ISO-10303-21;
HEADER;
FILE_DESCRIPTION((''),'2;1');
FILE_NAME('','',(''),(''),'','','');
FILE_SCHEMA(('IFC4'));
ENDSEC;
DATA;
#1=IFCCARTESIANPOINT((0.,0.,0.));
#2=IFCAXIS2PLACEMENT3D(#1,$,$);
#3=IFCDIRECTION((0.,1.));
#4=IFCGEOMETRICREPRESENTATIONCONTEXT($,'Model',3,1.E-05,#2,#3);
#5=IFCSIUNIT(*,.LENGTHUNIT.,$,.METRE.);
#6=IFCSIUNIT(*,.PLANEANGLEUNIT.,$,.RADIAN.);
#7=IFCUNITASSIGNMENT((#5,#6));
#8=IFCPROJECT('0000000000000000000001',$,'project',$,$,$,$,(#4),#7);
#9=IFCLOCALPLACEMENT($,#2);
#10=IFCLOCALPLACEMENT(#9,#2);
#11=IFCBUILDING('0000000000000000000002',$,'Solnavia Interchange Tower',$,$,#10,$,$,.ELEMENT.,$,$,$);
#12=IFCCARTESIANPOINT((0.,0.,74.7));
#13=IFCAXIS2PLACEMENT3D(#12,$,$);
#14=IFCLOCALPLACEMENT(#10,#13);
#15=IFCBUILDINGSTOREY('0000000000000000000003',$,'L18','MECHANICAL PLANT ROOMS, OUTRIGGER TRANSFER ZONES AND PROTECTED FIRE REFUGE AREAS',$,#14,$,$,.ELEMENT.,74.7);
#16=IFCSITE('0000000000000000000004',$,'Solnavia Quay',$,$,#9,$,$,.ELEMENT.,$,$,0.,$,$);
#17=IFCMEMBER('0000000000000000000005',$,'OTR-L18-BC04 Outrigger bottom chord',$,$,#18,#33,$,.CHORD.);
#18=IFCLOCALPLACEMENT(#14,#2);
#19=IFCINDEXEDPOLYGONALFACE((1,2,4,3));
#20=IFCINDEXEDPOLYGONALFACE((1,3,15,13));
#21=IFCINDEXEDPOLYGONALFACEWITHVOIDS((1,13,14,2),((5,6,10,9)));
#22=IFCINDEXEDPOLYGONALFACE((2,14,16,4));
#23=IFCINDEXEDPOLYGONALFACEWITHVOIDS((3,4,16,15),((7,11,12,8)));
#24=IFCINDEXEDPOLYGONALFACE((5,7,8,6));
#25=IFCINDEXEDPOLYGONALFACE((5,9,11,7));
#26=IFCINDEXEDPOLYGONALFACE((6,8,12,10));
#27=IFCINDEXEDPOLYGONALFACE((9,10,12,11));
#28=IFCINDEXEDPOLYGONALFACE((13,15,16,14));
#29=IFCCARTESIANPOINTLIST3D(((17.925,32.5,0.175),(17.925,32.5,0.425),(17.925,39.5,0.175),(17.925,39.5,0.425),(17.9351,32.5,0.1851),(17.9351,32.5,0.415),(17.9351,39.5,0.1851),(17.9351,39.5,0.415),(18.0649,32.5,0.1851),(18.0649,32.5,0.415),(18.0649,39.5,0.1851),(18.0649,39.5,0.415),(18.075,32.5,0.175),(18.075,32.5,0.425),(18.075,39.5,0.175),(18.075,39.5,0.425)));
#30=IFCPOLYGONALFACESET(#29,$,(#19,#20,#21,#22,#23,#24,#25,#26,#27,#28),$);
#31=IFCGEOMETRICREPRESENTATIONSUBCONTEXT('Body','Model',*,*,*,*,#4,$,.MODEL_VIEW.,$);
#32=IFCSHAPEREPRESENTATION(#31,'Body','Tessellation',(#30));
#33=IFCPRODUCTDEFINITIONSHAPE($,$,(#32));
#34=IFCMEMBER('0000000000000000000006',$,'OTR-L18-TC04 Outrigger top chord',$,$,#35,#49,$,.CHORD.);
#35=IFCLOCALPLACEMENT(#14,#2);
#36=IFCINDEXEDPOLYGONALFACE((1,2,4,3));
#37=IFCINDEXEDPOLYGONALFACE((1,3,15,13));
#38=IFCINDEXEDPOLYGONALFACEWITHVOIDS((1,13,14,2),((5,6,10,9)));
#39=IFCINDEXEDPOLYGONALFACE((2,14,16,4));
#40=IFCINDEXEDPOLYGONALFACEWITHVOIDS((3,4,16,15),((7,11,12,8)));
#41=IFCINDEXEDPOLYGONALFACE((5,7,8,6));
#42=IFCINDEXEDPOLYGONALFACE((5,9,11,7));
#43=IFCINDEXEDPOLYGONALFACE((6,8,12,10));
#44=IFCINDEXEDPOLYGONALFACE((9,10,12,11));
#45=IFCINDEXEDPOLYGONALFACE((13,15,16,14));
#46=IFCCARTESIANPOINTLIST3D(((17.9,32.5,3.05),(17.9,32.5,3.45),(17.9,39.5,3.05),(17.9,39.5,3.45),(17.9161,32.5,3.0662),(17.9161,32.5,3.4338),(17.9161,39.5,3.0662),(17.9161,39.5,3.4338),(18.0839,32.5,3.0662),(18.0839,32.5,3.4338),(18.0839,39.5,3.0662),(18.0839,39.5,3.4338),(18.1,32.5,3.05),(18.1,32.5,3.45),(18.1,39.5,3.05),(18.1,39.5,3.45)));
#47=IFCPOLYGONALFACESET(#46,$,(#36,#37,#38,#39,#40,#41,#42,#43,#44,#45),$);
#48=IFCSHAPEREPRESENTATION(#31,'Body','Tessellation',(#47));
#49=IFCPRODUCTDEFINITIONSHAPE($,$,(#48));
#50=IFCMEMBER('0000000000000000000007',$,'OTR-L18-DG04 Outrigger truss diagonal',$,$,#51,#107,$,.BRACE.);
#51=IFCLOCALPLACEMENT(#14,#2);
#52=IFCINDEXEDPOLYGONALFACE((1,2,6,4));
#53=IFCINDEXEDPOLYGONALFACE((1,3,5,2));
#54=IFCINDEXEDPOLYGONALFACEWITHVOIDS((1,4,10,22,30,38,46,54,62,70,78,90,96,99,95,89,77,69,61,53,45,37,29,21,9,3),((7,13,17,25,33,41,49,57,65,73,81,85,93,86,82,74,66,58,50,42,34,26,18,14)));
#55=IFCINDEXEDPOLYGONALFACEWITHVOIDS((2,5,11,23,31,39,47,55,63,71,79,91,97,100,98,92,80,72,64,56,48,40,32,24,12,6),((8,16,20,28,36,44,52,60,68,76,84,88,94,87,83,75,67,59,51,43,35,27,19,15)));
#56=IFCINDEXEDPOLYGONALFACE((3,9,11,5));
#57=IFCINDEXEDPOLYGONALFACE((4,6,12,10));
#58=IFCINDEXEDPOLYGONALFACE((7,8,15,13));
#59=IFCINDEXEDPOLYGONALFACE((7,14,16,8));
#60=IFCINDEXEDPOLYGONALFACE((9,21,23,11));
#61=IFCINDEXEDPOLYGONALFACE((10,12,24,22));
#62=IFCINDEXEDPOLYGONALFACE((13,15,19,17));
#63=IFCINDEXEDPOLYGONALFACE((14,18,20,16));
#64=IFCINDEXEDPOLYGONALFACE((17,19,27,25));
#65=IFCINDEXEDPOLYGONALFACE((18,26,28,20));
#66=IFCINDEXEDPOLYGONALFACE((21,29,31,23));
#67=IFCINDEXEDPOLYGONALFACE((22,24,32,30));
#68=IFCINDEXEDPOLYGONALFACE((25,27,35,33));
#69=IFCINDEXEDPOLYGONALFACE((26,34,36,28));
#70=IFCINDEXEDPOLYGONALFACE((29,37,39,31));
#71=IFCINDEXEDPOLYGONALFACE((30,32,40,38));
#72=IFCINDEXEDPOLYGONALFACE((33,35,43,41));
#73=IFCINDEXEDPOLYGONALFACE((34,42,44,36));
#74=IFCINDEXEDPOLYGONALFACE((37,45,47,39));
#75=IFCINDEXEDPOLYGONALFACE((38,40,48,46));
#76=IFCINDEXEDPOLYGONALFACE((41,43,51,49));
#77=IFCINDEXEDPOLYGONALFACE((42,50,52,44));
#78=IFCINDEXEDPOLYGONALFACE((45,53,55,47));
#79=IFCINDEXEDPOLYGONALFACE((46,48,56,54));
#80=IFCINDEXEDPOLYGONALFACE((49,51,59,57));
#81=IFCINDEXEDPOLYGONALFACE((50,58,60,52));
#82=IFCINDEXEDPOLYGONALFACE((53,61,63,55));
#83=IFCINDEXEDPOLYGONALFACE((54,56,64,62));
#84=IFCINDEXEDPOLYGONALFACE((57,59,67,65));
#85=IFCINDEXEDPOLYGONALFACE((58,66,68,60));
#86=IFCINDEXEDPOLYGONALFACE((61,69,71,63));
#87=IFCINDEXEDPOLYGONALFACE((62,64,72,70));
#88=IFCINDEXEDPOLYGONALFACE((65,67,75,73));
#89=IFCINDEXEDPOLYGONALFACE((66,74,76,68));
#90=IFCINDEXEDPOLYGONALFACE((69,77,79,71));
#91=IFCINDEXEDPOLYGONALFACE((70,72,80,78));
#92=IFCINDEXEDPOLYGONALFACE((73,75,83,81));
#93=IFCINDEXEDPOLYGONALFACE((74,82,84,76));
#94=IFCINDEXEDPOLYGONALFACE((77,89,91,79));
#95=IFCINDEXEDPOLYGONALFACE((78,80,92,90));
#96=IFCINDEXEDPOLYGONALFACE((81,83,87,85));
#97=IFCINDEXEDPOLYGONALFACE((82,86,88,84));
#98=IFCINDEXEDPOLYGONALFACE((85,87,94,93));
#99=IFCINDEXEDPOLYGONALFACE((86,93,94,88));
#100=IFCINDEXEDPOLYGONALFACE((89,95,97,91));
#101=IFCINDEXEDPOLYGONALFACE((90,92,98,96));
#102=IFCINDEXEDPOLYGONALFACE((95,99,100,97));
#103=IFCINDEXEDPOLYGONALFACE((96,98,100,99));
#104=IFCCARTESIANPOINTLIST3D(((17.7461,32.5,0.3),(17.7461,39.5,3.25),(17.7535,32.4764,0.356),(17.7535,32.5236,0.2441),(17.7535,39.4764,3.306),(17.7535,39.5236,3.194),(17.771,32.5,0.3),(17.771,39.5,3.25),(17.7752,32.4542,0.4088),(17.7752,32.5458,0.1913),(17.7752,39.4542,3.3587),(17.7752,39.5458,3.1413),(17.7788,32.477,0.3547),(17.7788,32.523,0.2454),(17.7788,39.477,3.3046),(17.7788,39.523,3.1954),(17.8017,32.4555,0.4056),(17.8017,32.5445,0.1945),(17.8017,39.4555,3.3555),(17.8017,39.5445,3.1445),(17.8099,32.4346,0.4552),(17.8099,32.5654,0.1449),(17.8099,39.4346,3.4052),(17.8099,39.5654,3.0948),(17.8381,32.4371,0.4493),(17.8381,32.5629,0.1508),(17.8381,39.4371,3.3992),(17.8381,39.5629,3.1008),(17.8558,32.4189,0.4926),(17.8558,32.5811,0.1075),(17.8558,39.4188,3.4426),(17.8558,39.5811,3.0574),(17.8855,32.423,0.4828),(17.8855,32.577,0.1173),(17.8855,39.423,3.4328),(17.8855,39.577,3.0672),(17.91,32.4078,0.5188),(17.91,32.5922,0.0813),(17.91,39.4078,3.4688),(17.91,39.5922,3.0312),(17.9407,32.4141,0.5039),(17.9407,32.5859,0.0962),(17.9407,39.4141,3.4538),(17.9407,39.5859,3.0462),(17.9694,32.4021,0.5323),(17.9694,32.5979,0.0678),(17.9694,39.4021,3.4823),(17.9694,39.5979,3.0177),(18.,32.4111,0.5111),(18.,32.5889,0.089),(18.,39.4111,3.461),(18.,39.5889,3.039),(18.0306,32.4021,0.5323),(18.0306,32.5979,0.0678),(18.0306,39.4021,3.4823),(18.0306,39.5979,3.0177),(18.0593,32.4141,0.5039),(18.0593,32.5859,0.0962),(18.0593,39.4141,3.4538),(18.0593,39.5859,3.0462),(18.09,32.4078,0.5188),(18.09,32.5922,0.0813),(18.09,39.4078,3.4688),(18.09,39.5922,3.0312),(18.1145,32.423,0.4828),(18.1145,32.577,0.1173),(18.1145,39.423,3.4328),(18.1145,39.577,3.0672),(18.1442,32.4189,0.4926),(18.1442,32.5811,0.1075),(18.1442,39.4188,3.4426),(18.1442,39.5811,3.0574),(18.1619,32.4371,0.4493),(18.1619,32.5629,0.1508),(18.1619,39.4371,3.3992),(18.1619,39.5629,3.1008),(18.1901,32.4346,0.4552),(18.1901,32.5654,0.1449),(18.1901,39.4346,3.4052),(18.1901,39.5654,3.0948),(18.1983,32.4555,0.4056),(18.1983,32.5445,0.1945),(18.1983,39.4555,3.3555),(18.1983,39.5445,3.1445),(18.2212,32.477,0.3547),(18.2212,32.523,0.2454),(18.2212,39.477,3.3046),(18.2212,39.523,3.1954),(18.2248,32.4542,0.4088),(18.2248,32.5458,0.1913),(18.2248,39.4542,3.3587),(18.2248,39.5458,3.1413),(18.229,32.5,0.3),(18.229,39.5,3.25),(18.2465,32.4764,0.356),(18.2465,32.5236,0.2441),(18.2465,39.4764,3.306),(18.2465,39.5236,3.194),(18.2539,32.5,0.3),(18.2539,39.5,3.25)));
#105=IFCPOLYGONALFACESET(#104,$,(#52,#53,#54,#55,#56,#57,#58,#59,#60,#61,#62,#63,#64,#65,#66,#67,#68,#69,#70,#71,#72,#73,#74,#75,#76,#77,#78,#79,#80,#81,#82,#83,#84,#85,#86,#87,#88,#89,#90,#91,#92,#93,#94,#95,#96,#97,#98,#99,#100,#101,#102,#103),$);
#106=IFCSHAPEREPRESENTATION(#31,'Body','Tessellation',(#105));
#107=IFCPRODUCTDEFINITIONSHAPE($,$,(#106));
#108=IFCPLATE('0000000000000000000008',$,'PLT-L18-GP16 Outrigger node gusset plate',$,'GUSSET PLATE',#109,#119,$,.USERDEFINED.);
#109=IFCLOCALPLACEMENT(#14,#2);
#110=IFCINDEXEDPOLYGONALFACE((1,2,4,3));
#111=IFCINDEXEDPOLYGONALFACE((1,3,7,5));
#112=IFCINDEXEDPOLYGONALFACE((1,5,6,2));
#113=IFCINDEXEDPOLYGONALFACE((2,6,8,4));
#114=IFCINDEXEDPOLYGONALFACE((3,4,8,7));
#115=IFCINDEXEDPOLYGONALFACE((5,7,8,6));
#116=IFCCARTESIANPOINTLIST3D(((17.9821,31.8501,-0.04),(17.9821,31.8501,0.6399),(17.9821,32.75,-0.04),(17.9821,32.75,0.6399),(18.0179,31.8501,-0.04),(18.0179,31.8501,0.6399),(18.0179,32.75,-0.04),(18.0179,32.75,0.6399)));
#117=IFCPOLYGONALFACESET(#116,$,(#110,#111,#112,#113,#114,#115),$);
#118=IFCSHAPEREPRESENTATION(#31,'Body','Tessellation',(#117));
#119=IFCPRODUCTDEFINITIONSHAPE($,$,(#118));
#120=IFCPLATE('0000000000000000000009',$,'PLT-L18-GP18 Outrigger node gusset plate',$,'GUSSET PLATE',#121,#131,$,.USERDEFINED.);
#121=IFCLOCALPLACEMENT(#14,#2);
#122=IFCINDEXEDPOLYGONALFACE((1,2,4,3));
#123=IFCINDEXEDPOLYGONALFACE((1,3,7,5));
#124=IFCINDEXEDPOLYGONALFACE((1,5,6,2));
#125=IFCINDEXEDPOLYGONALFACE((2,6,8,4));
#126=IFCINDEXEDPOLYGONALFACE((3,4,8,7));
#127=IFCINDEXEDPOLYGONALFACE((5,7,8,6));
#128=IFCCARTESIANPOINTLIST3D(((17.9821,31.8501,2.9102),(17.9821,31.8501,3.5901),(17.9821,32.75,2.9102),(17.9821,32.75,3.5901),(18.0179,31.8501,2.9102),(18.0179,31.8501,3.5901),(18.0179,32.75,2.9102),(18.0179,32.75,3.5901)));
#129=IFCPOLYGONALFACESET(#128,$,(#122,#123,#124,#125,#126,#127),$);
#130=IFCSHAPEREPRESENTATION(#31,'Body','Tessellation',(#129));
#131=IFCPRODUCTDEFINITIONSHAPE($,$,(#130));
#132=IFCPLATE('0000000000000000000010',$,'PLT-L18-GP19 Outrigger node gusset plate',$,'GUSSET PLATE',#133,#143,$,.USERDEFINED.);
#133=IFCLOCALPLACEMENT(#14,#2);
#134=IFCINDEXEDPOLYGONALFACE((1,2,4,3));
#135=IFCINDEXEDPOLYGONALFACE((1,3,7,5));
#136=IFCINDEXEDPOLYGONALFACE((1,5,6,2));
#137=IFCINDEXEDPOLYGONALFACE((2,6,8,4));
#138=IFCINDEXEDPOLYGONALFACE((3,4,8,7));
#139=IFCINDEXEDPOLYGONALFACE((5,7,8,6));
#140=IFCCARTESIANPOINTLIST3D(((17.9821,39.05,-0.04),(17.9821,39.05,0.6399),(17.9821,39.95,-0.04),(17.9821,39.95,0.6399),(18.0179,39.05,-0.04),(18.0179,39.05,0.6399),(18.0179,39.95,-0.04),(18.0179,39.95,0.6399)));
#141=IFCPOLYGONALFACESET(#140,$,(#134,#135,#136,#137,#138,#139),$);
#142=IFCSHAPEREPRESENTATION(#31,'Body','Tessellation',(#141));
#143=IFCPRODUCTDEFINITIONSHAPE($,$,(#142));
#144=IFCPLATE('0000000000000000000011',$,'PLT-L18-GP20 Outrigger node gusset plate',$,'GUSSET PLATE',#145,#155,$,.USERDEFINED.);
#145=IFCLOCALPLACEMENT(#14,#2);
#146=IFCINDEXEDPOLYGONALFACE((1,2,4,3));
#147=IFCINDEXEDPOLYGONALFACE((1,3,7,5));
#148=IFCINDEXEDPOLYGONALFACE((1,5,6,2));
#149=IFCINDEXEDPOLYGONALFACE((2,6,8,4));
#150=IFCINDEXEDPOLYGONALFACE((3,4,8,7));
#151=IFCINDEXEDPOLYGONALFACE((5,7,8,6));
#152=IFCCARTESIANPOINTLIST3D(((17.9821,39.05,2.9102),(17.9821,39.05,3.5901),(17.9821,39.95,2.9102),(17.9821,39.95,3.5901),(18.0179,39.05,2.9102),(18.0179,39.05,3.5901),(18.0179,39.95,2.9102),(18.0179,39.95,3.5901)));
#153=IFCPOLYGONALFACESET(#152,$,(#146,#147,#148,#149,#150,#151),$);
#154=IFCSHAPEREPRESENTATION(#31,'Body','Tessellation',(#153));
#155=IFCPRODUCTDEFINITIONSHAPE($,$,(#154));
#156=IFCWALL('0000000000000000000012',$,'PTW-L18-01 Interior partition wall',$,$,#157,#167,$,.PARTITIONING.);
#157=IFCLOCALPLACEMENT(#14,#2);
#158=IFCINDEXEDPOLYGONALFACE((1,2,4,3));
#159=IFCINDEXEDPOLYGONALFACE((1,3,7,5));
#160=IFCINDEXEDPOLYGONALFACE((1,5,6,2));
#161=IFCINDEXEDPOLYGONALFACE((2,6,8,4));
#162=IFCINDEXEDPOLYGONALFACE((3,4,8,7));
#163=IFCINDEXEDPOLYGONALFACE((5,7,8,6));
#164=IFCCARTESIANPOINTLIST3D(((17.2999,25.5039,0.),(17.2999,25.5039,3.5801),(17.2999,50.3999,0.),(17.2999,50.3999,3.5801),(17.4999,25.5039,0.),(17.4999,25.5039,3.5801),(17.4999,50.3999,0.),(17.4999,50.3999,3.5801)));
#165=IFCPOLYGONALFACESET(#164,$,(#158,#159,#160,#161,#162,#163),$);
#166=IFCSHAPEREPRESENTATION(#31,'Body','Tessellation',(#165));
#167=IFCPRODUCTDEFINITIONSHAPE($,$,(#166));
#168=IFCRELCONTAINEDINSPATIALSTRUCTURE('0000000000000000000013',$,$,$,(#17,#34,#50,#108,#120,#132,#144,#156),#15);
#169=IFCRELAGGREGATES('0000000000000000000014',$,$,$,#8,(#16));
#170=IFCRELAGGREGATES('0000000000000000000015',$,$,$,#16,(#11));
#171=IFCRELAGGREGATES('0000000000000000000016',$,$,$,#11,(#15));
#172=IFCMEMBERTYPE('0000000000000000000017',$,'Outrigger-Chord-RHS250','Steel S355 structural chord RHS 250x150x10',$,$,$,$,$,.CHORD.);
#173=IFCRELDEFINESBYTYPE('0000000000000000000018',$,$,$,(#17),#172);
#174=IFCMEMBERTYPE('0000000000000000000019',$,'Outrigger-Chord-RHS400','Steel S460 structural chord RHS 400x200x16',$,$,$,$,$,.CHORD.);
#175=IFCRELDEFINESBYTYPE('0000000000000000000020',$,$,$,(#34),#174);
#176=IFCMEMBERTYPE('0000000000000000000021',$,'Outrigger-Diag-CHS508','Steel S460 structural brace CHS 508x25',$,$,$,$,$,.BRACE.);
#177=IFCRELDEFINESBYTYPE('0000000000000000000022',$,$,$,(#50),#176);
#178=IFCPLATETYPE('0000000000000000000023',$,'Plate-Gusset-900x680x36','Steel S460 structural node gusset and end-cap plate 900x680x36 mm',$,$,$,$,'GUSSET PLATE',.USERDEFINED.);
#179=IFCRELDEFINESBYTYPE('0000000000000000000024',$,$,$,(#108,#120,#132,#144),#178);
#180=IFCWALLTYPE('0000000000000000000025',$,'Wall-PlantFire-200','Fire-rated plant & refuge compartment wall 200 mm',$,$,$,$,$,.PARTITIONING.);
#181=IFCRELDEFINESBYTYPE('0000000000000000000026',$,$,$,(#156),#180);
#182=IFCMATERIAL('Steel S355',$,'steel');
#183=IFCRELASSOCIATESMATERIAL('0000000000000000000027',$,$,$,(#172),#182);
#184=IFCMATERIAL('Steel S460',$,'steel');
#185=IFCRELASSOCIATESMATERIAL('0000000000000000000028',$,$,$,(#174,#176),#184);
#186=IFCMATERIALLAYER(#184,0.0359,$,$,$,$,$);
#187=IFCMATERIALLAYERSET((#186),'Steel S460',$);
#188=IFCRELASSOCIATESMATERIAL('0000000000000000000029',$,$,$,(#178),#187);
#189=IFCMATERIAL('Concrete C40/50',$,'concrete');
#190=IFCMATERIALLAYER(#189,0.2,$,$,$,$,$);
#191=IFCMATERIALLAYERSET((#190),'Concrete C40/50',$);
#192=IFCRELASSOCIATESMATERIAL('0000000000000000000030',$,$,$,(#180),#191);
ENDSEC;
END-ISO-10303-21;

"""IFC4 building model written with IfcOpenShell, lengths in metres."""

from ifc_helpers import new_model, si_unit, direction, frame, frame_2d, origin, origin_2d, place, context, subcontext, project, spatial, rectangle, hollow_rectangle, hollow_circle, extrude, material, layer, layer_set, material_profile, profile_set, type_object, element, save


model = new_model("IFC4")

# Units and contexts
model_context = context("Model", 3, precision=1e-05, world=origin(), true_north=direction((0.0, 1.0)))
body_context = subcontext(model_context, "Body", "Model", "MODEL_VIEW")
ifc_project = project(units=[si_unit("LENGTHUNIT", "METRE"), si_unit("PLANEANGLEUNIT", "RADIAN")], contexts=[model_context])

# Site, building, storey
site_placement = place(None, origin())
site = spatial("IfcSite", under=ifc_project, at=site_placement, Name="Solnavia Quay", CompositionType="ELEMENT", RefElevation=0.0)
building_placement = place(site_placement, origin())
building = spatial("IfcBuilding", under=site, at=building_placement, Name="Solnavia Interchange Tower", CompositionType="ELEMENT")
storey_placement = place(building_placement, frame((0.0, 0.0, 74.7)))
storey = spatial("IfcBuildingStorey", under=building, at=storey_placement, Name="L18", Description="MECHANICAL PLANT ROOMS, OUTRIGGER TRANSFER ZONES AND PROTECTED FIRE REFUGE AREAS", CompositionType="ELEMENT", Elevation=74.7)

# Shared definitions
ifc_material_1 = material(Name="Steel S355", Category="steel")

# Shared definitions
ifc_material_2 = material(Name="Steel S460", Category="steel")

# Members
ifc_material_profile_1 = material_profile(ifc_material_1, hollow_rectangle(XDim=0.1499, YDim=0.25, WallThickness=0.01, at=origin_2d()), Name="RHS 250x150x10")
ifc_profile_set_1 = profile_set([ifc_material_profile_1], Name="Steel S355")
member_type_1 = type_object("IfcMemberType", Name="Outrigger-Chord-RHS250", Description="Steel S355 structural chord RHS 250x150x10", PredefinedType="CHORD", material=ifc_profile_set_1)
member_1_placement = place(storey_placement, frame((18.0, 32.5, 0.3), z_axis=(0.0, 1.0, 0.0), x_axis=(-1.0, 0.0, 0.0)))
element("IfcMember", 1, at=member_1_placement, inside=storey, type_object=member_type_1, Name="OTR-L18-BC04 Outrigger bottom chord", PredefinedType="CHORD", context=body_context, shape_type="SweptSolid", body=[
    extrude(hollow_rectangle(XDim=0.1499, YDim=0.25, WallThickness=0.01, at=origin_2d()), origin(), (0.0, 0.0, 1.0), 7.0),
])
ifc_material_profile_2 = material_profile(ifc_material_2, hollow_rectangle(XDim=0.2, YDim=0.3999, WallThickness=0.0161, at=origin_2d()), Name="RHS 400x200x16")
ifc_profile_set_2 = profile_set([ifc_material_profile_2], Name="Steel S460")
member_type_2 = type_object("IfcMemberType", Name="Outrigger-Chord-RHS400", Description="Steel S460 structural chord RHS 400x200x16", PredefinedType="CHORD", material=ifc_profile_set_2)
member_2_placement = place(storey_placement, frame((18.0, 32.5, 3.25), z_axis=(0.0, 1.0, 0.0), x_axis=(-1.0, 0.0, 0.0)))
element("IfcMember", 2, at=member_2_placement, inside=storey, type_object=member_type_2, Name="OTR-L18-TC04 Outrigger top chord", PredefinedType="CHORD", context=body_context, shape_type="SweptSolid", body=[
    extrude(hollow_rectangle(XDim=0.2, YDim=0.3999, WallThickness=0.0161, at=origin_2d()), origin(), (0.0, 0.0, 1.0), 7.0),
])
ifc_material_profile_3 = material_profile(ifc_material_2, hollow_circle(Radius=0.2539, WallThickness=0.0249, at=origin_2d()), Name="CHS 508x25")
ifc_profile_set_3 = profile_set([ifc_material_profile_3], Name="Steel S460")
member_type_3 = type_object("IfcMemberType", Name="Outrigger-Diag-CHS508", Description="Steel S460 structural brace CHS 508x25", PredefinedType="BRACE", material=ifc_profile_set_3)
member_3_placement = place(storey_placement, frame((18.0, 32.5, 0.3), z_axis=(0.0, 0.921514, 0.388346), x_axis=(-1.0, 0.0, 0.0)))
element("IfcMember", 3, at=member_3_placement, inside=storey, type_object=member_type_3, Name="OTR-L18-DG04 Outrigger truss diagonal", PredefinedType="BRACE", context=body_context, shape_type="SweptSolid", body=[
    extrude(hollow_circle(Radius=0.2539, WallThickness=0.0249, at=origin_2d()), origin(), (0.0, 0.0, 1.0), 7.5962),
])

# Plates
ifc_layer_1 = layer(ifc_material_2, 0.0359)
ifc_layer_set_1 = layer_set([ifc_layer_1], Name="Steel S460")
plate_type = type_object("IfcPlateType", Name="Plate-Gusset-900x680x36", Description="Steel S460 structural node gusset and end-cap plate 900x680x36 mm", ElementType="GUSSET PLATE", PredefinedType="USERDEFINED", material=ifc_layer_set_1)
for number, where, z_axis, x_axis, name in (
    (4, (18.0, 32.3, -0.04), (0.0, 0.0, 1.0), (0.0, 1.0, 0.0), "PLT-L18-GP16 Outrigger node gusset plate"),
    (5, (18.0, 32.3, 2.9102), (0.0, 0.0, 1.0), (0.0, 1.0, 0.0), "PLT-L18-GP18 Outrigger node gusset plate"),
    (6, (18.0, 39.5, -0.04), (0.0, 0.0, 1.0), (0.0, 1.0, 0.0), "PLT-L18-GP19 Outrigger node gusset plate"),
    (7, (18.0, 39.5, 2.9102), (0.0, 0.0, 1.0), (0.0, 1.0, 0.0), "PLT-L18-GP20 Outrigger node gusset plate"),
):
    element("IfcPlate", number, at=place(storey_placement, frame(where, z_axis=z_axis, x_axis=x_axis)), inside=storey, type_object=plate_type, Name=name, ObjectType="GUSSET PLATE", PredefinedType="USERDEFINED", context=body_context, shape_type="SweptSolid", body=[
        extrude(rectangle(XDim=0.8999, YDim=0.0359, at=origin_2d()), origin(), (0.0, 0.0, 1.0), 0.6799),
    ])

# Wall
ifc_material_3 = material(Name="Concrete C40/50", Category="concrete")
ifc_layer_2 = layer(ifc_material_3, 0.2)
ifc_layer_set_2 = layer_set([ifc_layer_2], Name="Concrete C40/50")
wall_type = type_object("IfcWallType", Name="Wall-PlantFire-200", Description="Fire-rated plant & refuge compartment wall 200 mm", PredefinedType="PARTITIONING", material=ifc_layer_set_2)
wall_placement = place(storey_placement, frame((17.3999, 25.5039, 0.0), z_axis=(0.0, 0.0, 1.0), x_axis=(0.0, 1.0, 0.0)))
element("IfcWall", 8, at=wall_placement, inside=storey, type_object=wall_type, Name="PTW-L18-01 Interior partition wall", PredefinedType="PARTITIONING", context=body_context, shape_type="SweptSolid", body=[
    extrude(rectangle(XDim=24.896, YDim=0.2, at=frame_2d((12.448, 0.0))), origin(), (0.0, 0.0, 1.0), 3.5801),
])

save(model, "model.ifc")
